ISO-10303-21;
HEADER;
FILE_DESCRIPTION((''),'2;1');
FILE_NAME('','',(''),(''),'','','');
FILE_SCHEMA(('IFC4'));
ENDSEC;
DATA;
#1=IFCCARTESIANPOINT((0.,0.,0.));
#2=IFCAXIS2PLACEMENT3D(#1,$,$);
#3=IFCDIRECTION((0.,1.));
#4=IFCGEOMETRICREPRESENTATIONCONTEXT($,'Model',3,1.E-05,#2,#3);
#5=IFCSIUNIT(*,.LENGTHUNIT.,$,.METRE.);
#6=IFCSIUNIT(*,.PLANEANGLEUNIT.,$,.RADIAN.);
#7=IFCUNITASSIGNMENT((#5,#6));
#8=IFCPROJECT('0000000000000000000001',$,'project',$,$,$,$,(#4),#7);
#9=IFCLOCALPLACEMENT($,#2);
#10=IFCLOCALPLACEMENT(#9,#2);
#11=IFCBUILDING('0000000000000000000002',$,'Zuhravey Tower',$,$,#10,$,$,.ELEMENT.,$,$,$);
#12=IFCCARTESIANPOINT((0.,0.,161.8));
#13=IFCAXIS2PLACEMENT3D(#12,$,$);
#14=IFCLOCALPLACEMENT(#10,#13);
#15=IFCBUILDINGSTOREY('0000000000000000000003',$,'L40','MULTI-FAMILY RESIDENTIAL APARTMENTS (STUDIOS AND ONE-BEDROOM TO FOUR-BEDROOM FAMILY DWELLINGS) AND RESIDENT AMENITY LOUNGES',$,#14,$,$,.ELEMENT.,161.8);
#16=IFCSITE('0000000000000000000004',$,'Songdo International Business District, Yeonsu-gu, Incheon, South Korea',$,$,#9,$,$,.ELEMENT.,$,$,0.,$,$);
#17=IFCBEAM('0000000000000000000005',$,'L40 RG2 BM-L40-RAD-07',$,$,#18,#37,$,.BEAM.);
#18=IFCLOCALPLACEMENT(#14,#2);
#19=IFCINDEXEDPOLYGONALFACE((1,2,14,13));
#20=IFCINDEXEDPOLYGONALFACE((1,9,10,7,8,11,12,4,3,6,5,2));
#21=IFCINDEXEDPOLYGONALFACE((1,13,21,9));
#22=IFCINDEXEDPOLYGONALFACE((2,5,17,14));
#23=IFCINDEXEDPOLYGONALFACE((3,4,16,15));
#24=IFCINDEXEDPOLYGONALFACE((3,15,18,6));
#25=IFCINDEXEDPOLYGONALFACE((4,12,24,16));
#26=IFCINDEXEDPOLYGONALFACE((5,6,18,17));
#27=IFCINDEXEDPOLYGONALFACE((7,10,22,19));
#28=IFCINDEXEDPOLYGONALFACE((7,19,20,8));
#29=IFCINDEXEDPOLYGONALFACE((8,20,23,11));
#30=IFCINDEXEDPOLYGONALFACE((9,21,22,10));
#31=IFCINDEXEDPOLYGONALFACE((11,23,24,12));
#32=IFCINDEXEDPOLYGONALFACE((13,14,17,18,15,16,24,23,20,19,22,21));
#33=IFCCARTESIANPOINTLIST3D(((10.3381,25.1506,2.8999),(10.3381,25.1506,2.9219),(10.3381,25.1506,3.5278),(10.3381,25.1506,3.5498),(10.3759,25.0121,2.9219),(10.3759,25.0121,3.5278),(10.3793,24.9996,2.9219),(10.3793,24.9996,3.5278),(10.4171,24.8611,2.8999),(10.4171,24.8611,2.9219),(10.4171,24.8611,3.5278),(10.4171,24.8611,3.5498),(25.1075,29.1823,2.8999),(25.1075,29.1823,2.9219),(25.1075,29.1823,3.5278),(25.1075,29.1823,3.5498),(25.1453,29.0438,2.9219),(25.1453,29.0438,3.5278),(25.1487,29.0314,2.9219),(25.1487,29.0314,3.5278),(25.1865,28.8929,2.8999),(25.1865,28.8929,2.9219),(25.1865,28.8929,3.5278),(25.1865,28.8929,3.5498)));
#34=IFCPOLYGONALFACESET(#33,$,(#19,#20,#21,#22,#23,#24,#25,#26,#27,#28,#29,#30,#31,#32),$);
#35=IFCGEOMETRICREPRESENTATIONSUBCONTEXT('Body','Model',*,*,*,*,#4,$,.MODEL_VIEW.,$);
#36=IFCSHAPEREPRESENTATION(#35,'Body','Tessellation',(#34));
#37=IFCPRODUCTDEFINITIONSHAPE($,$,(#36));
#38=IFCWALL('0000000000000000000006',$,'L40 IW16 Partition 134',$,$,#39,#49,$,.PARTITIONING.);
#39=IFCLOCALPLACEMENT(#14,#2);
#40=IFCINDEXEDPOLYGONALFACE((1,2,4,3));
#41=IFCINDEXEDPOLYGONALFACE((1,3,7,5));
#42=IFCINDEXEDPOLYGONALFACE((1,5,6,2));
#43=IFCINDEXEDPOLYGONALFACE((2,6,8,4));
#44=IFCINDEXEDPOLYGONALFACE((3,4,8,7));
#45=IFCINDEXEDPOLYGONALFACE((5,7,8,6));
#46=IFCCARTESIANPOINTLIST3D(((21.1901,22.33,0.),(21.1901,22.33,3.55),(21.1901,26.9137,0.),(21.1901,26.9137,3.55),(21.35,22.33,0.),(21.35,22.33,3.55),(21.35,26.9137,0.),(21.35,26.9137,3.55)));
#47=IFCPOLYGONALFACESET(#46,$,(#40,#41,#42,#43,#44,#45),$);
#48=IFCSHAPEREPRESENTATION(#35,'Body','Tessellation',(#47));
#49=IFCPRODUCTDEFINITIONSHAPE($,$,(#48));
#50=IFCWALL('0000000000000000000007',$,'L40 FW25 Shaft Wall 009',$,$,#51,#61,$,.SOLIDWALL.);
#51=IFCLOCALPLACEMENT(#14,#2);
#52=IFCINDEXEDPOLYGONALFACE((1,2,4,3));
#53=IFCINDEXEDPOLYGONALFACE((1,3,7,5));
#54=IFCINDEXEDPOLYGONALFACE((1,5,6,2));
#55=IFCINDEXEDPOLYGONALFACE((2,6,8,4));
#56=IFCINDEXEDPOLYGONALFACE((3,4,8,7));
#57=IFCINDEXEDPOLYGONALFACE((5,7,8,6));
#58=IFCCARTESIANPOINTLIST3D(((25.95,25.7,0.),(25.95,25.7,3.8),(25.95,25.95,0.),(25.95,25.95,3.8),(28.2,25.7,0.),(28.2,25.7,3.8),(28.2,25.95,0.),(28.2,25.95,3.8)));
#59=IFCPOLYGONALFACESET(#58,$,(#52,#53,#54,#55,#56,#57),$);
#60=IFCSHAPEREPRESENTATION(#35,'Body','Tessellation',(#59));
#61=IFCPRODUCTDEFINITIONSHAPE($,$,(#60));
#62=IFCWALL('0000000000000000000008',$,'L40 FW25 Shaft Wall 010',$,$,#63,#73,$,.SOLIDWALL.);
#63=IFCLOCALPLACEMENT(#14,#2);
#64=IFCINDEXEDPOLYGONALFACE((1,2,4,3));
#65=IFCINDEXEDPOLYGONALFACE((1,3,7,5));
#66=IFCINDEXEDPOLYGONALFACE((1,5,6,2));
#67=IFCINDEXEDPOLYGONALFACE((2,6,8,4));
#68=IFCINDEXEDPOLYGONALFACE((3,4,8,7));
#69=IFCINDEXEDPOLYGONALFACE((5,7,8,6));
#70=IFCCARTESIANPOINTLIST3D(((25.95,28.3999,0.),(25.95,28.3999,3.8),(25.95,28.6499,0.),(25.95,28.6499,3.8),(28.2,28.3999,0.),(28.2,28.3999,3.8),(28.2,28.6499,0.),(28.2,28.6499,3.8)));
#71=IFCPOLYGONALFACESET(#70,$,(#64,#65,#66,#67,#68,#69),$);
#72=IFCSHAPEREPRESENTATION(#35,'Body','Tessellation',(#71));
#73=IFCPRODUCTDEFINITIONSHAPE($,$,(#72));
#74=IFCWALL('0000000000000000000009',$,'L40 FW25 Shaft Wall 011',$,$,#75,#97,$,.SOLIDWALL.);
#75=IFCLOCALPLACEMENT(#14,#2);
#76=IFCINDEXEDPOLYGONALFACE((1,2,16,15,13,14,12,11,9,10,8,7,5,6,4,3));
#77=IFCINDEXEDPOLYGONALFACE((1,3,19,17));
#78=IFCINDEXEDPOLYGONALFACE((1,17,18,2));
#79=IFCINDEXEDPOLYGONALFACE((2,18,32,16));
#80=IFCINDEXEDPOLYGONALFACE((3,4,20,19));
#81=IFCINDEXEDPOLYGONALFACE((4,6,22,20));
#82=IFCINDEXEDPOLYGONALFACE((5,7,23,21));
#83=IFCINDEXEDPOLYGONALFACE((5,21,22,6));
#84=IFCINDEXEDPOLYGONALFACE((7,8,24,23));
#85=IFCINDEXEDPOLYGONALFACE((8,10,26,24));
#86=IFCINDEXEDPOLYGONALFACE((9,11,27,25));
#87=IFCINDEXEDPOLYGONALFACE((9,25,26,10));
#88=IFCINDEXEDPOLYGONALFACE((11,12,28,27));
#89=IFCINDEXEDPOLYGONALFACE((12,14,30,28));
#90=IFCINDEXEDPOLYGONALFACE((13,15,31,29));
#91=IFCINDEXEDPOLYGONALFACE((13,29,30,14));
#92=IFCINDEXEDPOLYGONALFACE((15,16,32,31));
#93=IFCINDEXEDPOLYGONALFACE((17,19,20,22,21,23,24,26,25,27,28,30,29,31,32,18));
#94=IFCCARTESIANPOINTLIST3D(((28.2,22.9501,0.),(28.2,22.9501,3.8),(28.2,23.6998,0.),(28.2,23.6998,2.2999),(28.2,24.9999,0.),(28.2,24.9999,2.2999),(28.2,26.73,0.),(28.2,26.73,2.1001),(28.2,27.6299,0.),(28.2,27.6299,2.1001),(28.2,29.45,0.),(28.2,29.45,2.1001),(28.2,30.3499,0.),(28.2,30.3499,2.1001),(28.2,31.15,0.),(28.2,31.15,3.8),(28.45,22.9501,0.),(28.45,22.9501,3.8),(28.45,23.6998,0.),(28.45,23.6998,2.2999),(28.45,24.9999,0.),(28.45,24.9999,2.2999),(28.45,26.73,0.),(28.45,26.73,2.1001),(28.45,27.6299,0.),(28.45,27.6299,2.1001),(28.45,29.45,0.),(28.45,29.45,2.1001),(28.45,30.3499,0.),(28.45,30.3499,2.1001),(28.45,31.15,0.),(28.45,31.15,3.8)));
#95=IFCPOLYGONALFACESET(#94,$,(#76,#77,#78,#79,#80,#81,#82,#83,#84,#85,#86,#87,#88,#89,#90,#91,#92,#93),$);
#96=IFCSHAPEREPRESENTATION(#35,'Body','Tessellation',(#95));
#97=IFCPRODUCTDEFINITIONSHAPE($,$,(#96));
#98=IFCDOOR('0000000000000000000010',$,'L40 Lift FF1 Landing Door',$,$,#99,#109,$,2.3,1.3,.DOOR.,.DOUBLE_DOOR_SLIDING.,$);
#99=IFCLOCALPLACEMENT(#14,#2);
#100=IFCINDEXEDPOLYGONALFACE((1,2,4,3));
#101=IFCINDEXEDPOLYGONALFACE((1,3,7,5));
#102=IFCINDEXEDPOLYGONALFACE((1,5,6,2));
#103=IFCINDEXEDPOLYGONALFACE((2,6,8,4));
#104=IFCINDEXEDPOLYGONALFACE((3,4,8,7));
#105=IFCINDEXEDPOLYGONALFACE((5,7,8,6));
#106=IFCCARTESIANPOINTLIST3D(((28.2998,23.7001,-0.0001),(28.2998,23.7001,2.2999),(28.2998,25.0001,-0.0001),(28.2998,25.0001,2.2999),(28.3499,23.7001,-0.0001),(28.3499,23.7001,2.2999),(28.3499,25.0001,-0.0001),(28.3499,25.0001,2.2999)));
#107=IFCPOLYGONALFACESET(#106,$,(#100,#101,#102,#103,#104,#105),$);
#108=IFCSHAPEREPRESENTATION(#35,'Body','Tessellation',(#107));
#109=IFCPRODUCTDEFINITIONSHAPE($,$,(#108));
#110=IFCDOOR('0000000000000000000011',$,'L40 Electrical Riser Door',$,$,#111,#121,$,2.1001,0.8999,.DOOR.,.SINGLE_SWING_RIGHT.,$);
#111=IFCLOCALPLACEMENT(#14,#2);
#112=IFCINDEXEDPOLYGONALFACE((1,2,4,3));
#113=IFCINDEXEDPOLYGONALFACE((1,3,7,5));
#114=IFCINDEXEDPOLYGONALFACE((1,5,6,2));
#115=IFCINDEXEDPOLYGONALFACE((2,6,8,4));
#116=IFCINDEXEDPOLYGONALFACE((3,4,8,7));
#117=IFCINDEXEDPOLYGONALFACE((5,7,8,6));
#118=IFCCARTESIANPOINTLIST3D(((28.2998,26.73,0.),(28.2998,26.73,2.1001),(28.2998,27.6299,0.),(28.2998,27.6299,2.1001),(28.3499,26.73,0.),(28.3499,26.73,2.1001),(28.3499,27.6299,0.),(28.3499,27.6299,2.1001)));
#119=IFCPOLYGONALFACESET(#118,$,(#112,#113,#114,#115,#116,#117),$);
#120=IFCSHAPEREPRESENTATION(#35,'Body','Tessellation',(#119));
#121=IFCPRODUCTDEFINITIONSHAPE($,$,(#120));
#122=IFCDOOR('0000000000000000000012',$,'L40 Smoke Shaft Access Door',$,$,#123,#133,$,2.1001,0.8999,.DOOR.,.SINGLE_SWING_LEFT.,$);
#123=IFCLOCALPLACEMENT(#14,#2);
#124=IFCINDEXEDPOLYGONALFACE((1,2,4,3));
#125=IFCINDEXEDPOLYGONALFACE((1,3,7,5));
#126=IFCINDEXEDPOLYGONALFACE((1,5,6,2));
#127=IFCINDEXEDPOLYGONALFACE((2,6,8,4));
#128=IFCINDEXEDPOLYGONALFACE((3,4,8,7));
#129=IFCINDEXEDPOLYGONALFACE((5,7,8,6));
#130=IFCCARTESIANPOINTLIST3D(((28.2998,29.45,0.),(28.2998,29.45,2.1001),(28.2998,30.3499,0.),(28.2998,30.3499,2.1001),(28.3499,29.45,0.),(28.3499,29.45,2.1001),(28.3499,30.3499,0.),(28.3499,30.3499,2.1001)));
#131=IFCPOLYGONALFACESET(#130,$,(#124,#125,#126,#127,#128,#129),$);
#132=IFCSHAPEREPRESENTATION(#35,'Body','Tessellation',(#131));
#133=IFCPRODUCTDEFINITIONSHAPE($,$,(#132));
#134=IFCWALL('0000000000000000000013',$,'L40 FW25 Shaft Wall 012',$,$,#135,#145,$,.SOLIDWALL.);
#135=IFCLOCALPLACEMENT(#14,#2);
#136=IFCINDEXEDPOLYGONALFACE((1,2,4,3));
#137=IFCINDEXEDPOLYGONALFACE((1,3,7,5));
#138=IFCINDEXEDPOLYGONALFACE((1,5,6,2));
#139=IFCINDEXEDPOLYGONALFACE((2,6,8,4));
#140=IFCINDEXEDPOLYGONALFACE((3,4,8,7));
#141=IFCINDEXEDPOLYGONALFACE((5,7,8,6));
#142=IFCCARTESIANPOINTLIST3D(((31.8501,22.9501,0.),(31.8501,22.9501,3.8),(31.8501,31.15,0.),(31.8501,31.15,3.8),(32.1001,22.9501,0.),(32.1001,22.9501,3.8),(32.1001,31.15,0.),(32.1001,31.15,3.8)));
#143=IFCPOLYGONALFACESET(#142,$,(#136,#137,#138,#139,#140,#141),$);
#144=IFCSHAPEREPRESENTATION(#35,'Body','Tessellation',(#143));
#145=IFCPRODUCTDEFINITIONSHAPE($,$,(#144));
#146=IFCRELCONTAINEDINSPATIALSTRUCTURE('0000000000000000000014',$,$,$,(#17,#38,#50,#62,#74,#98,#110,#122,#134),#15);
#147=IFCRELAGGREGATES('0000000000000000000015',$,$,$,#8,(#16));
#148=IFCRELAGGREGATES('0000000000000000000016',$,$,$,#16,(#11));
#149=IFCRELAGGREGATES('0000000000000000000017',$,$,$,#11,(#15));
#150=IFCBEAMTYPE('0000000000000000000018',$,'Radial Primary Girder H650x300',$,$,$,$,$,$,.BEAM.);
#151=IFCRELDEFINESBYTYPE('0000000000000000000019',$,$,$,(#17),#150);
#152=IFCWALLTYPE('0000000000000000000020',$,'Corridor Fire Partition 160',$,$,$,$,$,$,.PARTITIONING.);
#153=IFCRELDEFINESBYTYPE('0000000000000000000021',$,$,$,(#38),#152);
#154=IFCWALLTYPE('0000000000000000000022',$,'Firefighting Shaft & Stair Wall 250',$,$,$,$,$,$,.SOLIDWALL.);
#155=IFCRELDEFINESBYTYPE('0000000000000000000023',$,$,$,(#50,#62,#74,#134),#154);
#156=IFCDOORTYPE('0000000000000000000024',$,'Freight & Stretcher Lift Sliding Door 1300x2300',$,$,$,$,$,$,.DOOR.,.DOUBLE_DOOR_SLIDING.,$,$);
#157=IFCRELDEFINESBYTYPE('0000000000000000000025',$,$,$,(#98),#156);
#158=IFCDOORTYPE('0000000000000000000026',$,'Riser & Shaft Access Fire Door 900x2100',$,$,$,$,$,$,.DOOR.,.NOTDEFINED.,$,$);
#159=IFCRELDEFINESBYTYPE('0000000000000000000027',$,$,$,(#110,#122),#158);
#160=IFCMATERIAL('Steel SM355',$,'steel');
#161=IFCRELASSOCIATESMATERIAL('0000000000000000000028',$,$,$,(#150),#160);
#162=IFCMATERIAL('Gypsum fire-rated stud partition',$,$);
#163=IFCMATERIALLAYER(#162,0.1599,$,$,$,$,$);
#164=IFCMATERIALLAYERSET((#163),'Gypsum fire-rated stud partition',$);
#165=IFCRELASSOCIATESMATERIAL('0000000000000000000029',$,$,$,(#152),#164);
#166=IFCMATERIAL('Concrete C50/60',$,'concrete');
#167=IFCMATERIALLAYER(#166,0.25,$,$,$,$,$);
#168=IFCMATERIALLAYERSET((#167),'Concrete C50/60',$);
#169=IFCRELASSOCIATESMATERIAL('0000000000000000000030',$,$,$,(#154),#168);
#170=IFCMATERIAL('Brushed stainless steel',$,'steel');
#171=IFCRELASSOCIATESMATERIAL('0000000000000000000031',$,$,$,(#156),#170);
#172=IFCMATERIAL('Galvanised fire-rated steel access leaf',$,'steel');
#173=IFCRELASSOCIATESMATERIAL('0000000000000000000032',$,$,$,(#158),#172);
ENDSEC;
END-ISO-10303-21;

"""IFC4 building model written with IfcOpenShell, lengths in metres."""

from ifc_helpers import new_model, si_unit, direction, frame, frame_2d, origin, origin_2d, place, context, subcontext, project, spatial, rectangle, i_section, extrude, material, layer, layer_set, material_profile, profile_set, type_object, element, fill, save


model = new_model("IFC4")

# Units and contexts
model_context = context("Model", 3, precision=1e-05, world=origin(), true_north=direction((0.0, 1.0)))
body_context = subcontext(model_context, "Body", "Model", "MODEL_VIEW")
ifc_project = project(units=[si_unit("LENGTHUNIT", "METRE"), si_unit("PLANEANGLEUNIT", "RADIAN")], contexts=[model_context])

# Site, building, storey
site_placement = place(None, origin())
site = spatial("IfcSite", under=ifc_project, at=site_placement, Name="Songdo International Business District, Yeonsu-gu, Incheon, South Korea", CompositionType="ELEMENT", RefElevation=0.0)
building_placement = place(site_placement, origin())
building = spatial("IfcBuilding", under=site, at=building_placement, Name="Zuhravey Tower", CompositionType="ELEMENT")
storey_placement = place(building_placement, frame((0.0, 0.0, 161.8)))
storey = spatial("IfcBuildingStorey", under=building, at=storey_placement, Name="L40", Description="MULTI-FAMILY RESIDENTIAL APARTMENTS (STUDIOS AND ONE-BEDROOM TO FOUR-BEDROOM FAMILY DWELLINGS) AND RESIDENT AMENITY LOUNGES", CompositionType="ELEMENT", Elevation=161.8)

# Beam
ifc_material_1 = material(Name="Steel SM355", Category="steel")
ifc_material_profile = material_profile(ifc_material_1, i_section(OverallWidth=0.3, OverallDepth=0.6499, WebThickness=0.0129, FlangeThickness=0.022, at=origin_2d()), Name="H-650x300x13x22")
ifc_profile_set = profile_set([ifc_material_profile], Name="Steel SM355")
beam_type = type_object("IfcBeamType", Name="Radial Primary Girder H650x300", PredefinedType="BEAM", material=ifc_profile_set)
beam_placement = place(storey_placement, frame((25.147, 29.0376, 3.2249), z_axis=(-0.964702, -0.263345, 0.0), x_axis=(0.263345, -0.964702, 0.0)))
element("IfcBeam", 1, at=beam_placement, inside=storey, type_object=beam_type, Name="L40 RG2 BM-L40-RAD-07", PredefinedType="BEAM", context=body_context, shape_type="SweptSolid", body=[
    extrude(i_section(OverallWidth=0.3, OverallDepth=0.6499, WebThickness=0.0129, FlangeThickness=0.022, at=origin_2d()), origin(), (0.0, 0.0, 1.0), 15.3098),
])

# Shared definitions
ifc_material_2 = material(Name="Gypsum fire-rated stud partition")
ifc_layer_1 = layer(ifc_material_2, 0.1599)
ifc_layer_set_1 = layer_set([ifc_layer_1], Name="Gypsum fire-rated stud partition")
wall_type_1 = type_object("IfcWallType", Name="Corridor Fire Partition 160", PredefinedType="PARTITIONING", material=ifc_layer_set_1)

# Wall
wall_1_placement = place(storey_placement, frame((21.27, 26.9138, 0.0), z_axis=(0.0, 0.0, 1.0), x_axis=(0.0, -1.0, 0.0)))
element("IfcWall", 2, at=wall_1_placement, inside=storey, type_object=wall_type_1, Name="L40 IW16 Partition 134", PredefinedType="PARTITIONING", context=body_context, shape_type="SweptSolid", body=[
    extrude(rectangle(XDim=4.5837, YDim=0.1599, at=frame_2d((2.292, 0.0))), origin(), (0.0, 0.0, 1.0), 3.55),
])

# Shared definitions
ifc_material_3 = material(Name="Concrete C50/60", Category="concrete")
ifc_layer_2 = layer(ifc_material_3, 0.25)
ifc_layer_set_2 = layer_set([ifc_layer_2], Name="Concrete C50/60")
wall_type_2 = type_object("IfcWallType", Name="Firefighting Shaft & Stair Wall 250", PredefinedType="SOLIDWALL", material=ifc_layer_set_2)

# Walls
for number, where, z_axis, x_axis, name in (
    (3, (25.95, 25.825, 0.0), (0.0, 0.0, 1.0), (1.0, 0.0, 0.0), "L40 FW25 Shaft Wall 009"),
    (4, (25.95, 28.5249, 0.0), (0.0, 0.0, 1.0), (1.0, 0.0, 0.0), "L40 FW25 Shaft Wall 010"),
):
    element("IfcWall", number, at=place(storey_placement, frame(where, z_axis=z_axis, x_axis=x_axis)), inside=storey, type_object=wall_type_2, Name=name, PredefinedType="SOLIDWALL", context=body_context, shape_type="SweptSolid", body=[
        extrude(rectangle(XDim=2.25, YDim=0.25, at=frame_2d((1.125, 0.0))), origin(), (0.0, 0.0, 1.0), 3.8),
    ])

# Wall, openings, doors
wall_2_placement = place(storey_placement, frame((28.325, 22.95, 0.0), z_axis=(0.0, 0.0, 1.0), x_axis=(0.0, 1.0, 0.0)))
wall_2 = element("IfcWall", 5, at=wall_2_placement, inside=storey, type_object=wall_type_2, Name="L40 FW25 Shaft Wall 011", PredefinedType="SOLIDWALL", context=body_context, shape_type="SweptSolid", body=[
    extrude(rectangle(XDim=8.2, YDim=0.25, at=frame_2d((4.1001, 0.0))), origin(), (0.0, 0.0, 1.0), 3.8),
])
opening_1_placement = place(wall_2_placement, frame((0.75, 0.0, 0.0)))
opening_1 = element("IfcOpeningElement", 6, at=opening_1_placement, cuts=wall_2, PredefinedType="OPENING", context=body_context, shape_type="SweptSolid", body=[
    extrude(rectangle(XDim=1.3, YDim=2.3, at=frame_2d((0.6499, 1.1499))), frame((0.0, 0.137, 0.0), z_axis=(0.0, -1.0, 0.0), x_axis=(1.0, 0.0, 0.0)), (0.0, 0.0, 1.0), 0.2739),
])
opening_2_placement = place(wall_2_placement, frame((3.78, 0.0, 0.0)))
opening_2 = element("IfcOpeningElement", 7, at=opening_2_placement, cuts=wall_2, PredefinedType="OPENING", context=body_context, shape_type="SweptSolid", body=[
    extrude(rectangle(XDim=0.8999, YDim=2.1001, at=frame_2d((0.45, 1.05))), frame((0.0, 0.137, 0.0), z_axis=(0.0, -1.0, 0.0), x_axis=(1.0, 0.0, 0.0)), (0.0, 0.0, 1.0), 0.2739),
])
opening_3_placement = place(wall_2_placement, frame((6.5, 0.0, 0.0)))
opening_3 = element("IfcOpeningElement", 8, at=opening_3_placement, cuts=wall_2, PredefinedType="OPENING", context=body_context, shape_type="SweptSolid", body=[
    extrude(rectangle(XDim=0.8999, YDim=2.1001, at=frame_2d((0.45, 1.05))), frame((0.0, 0.137, 0.0), z_axis=(0.0, -1.0, 0.0), x_axis=(1.0, 0.0, 0.0)), (0.0, 0.0, 1.0), 0.2739),
])
ifc_material_4 = material(Name="Brushed stainless steel", Category="steel")
door_type_1 = type_object("IfcDoorType", Name="Freight & Stretcher Lift Sliding Door 1300x2300", OperationType="DOUBLE_DOOR_SLIDING", PredefinedType="DOOR", material=ifc_material_4)
door_1_placement = place(opening_1_placement, frame((1.3, 0.0, 0.0), z_axis=(0.0, 0.0, 1.0), x_axis=(-1.0, 0.0, 0.0)))
door_1 = element("IfcDoor", 9, at=door_1_placement, inside=storey, type_object=door_type_1, Name="L40 Lift FF1 Landing Door", OperationType="DOUBLE_DOOR_SLIDING", OverallHeight=2.3, OverallWidth=1.3, PredefinedType="DOOR", context=body_context, shape_type="SweptSolid", body=[
    extrude(rectangle(XDim=1.3, YDim=2.3, at=frame_2d((0.6499, 1.1499))), frame((0.0, 0.0249, 0.0), z_axis=(0.0, -1.0, 0.0), x_axis=(1.0, 0.0, 0.0)), (0.0, 0.0, 1.0), 0.05),
])
fill(opening_1, door_1)
ifc_material_5 = material(Name="Galvanised fire-rated steel access leaf", Category="steel")
door_type_2 = type_object("IfcDoorType", Name="Riser & Shaft Access Fire Door 900x2100", OperationType="NOTDEFINED", PredefinedType="DOOR", material=ifc_material_5)
door_2_placement = place(opening_2_placement, frame((0.8999, 0.0, 0.0), z_axis=(0.0, 0.0, 1.0), x_axis=(-1.0, 0.0, 0.0)))
door_2 = element("IfcDoor", 10, at=door_2_placement, inside=storey, type_object=door_type_2, Name="L40 Electrical Riser Door", OperationType="SINGLE_SWING_RIGHT", OverallHeight=2.1001, OverallWidth=0.8999, PredefinedType="DOOR", context=body_context, shape_type="SweptSolid", body=[
    extrude(rectangle(XDim=0.8999, YDim=2.1001, at=frame_2d((0.45, 1.05))), frame((0.0, 0.0249, 0.0), z_axis=(0.0, -1.0, 0.0), x_axis=(1.0, 0.0, 0.0)), (0.0, 0.0, 1.0), 0.05),
])
fill(opening_2, door_2)
door_3_placement = place(opening_3_placement, frame((0.8999, 0.0, 0.0), z_axis=(0.0, 0.0, 1.0), x_axis=(-1.0, 0.0, 0.0)))
door_3 = element("IfcDoor", 11, at=door_3_placement, inside=storey, type_object=door_type_2, Name="L40 Smoke Shaft Access Door", OperationType="SINGLE_SWING_LEFT", OverallHeight=2.1001, OverallWidth=0.8999, PredefinedType="DOOR", context=body_context, shape_type="SweptSolid", body=[
    extrude(rectangle(XDim=0.8999, YDim=2.1001, at=frame_2d((0.45, 1.05))), frame((0.0, 0.0249, 0.0), z_axis=(0.0, -1.0, 0.0), x_axis=(1.0, 0.0, 0.0)), (0.0, 0.0, 1.0), 0.05),
])
fill(opening_3, door_3)

# Wall
wall_3_placement = place(storey_placement, frame((31.9751, 22.95, 0.0), z_axis=(0.0, 0.0, 1.0), x_axis=(0.0, 1.0, 0.0)))
element("IfcWall", 12, at=wall_3_placement, inside=storey, type_object=wall_type_2, Name="L40 FW25 Shaft Wall 012", PredefinedType="SOLIDWALL", context=body_context, shape_type="SweptSolid", body=[
    extrude(rectangle(XDim=8.2, YDim=0.25, at=frame_2d((4.1001, 0.0))), origin(), (0.0, 0.0, 1.0), 3.8),
])

save(model, "model.ifc")
